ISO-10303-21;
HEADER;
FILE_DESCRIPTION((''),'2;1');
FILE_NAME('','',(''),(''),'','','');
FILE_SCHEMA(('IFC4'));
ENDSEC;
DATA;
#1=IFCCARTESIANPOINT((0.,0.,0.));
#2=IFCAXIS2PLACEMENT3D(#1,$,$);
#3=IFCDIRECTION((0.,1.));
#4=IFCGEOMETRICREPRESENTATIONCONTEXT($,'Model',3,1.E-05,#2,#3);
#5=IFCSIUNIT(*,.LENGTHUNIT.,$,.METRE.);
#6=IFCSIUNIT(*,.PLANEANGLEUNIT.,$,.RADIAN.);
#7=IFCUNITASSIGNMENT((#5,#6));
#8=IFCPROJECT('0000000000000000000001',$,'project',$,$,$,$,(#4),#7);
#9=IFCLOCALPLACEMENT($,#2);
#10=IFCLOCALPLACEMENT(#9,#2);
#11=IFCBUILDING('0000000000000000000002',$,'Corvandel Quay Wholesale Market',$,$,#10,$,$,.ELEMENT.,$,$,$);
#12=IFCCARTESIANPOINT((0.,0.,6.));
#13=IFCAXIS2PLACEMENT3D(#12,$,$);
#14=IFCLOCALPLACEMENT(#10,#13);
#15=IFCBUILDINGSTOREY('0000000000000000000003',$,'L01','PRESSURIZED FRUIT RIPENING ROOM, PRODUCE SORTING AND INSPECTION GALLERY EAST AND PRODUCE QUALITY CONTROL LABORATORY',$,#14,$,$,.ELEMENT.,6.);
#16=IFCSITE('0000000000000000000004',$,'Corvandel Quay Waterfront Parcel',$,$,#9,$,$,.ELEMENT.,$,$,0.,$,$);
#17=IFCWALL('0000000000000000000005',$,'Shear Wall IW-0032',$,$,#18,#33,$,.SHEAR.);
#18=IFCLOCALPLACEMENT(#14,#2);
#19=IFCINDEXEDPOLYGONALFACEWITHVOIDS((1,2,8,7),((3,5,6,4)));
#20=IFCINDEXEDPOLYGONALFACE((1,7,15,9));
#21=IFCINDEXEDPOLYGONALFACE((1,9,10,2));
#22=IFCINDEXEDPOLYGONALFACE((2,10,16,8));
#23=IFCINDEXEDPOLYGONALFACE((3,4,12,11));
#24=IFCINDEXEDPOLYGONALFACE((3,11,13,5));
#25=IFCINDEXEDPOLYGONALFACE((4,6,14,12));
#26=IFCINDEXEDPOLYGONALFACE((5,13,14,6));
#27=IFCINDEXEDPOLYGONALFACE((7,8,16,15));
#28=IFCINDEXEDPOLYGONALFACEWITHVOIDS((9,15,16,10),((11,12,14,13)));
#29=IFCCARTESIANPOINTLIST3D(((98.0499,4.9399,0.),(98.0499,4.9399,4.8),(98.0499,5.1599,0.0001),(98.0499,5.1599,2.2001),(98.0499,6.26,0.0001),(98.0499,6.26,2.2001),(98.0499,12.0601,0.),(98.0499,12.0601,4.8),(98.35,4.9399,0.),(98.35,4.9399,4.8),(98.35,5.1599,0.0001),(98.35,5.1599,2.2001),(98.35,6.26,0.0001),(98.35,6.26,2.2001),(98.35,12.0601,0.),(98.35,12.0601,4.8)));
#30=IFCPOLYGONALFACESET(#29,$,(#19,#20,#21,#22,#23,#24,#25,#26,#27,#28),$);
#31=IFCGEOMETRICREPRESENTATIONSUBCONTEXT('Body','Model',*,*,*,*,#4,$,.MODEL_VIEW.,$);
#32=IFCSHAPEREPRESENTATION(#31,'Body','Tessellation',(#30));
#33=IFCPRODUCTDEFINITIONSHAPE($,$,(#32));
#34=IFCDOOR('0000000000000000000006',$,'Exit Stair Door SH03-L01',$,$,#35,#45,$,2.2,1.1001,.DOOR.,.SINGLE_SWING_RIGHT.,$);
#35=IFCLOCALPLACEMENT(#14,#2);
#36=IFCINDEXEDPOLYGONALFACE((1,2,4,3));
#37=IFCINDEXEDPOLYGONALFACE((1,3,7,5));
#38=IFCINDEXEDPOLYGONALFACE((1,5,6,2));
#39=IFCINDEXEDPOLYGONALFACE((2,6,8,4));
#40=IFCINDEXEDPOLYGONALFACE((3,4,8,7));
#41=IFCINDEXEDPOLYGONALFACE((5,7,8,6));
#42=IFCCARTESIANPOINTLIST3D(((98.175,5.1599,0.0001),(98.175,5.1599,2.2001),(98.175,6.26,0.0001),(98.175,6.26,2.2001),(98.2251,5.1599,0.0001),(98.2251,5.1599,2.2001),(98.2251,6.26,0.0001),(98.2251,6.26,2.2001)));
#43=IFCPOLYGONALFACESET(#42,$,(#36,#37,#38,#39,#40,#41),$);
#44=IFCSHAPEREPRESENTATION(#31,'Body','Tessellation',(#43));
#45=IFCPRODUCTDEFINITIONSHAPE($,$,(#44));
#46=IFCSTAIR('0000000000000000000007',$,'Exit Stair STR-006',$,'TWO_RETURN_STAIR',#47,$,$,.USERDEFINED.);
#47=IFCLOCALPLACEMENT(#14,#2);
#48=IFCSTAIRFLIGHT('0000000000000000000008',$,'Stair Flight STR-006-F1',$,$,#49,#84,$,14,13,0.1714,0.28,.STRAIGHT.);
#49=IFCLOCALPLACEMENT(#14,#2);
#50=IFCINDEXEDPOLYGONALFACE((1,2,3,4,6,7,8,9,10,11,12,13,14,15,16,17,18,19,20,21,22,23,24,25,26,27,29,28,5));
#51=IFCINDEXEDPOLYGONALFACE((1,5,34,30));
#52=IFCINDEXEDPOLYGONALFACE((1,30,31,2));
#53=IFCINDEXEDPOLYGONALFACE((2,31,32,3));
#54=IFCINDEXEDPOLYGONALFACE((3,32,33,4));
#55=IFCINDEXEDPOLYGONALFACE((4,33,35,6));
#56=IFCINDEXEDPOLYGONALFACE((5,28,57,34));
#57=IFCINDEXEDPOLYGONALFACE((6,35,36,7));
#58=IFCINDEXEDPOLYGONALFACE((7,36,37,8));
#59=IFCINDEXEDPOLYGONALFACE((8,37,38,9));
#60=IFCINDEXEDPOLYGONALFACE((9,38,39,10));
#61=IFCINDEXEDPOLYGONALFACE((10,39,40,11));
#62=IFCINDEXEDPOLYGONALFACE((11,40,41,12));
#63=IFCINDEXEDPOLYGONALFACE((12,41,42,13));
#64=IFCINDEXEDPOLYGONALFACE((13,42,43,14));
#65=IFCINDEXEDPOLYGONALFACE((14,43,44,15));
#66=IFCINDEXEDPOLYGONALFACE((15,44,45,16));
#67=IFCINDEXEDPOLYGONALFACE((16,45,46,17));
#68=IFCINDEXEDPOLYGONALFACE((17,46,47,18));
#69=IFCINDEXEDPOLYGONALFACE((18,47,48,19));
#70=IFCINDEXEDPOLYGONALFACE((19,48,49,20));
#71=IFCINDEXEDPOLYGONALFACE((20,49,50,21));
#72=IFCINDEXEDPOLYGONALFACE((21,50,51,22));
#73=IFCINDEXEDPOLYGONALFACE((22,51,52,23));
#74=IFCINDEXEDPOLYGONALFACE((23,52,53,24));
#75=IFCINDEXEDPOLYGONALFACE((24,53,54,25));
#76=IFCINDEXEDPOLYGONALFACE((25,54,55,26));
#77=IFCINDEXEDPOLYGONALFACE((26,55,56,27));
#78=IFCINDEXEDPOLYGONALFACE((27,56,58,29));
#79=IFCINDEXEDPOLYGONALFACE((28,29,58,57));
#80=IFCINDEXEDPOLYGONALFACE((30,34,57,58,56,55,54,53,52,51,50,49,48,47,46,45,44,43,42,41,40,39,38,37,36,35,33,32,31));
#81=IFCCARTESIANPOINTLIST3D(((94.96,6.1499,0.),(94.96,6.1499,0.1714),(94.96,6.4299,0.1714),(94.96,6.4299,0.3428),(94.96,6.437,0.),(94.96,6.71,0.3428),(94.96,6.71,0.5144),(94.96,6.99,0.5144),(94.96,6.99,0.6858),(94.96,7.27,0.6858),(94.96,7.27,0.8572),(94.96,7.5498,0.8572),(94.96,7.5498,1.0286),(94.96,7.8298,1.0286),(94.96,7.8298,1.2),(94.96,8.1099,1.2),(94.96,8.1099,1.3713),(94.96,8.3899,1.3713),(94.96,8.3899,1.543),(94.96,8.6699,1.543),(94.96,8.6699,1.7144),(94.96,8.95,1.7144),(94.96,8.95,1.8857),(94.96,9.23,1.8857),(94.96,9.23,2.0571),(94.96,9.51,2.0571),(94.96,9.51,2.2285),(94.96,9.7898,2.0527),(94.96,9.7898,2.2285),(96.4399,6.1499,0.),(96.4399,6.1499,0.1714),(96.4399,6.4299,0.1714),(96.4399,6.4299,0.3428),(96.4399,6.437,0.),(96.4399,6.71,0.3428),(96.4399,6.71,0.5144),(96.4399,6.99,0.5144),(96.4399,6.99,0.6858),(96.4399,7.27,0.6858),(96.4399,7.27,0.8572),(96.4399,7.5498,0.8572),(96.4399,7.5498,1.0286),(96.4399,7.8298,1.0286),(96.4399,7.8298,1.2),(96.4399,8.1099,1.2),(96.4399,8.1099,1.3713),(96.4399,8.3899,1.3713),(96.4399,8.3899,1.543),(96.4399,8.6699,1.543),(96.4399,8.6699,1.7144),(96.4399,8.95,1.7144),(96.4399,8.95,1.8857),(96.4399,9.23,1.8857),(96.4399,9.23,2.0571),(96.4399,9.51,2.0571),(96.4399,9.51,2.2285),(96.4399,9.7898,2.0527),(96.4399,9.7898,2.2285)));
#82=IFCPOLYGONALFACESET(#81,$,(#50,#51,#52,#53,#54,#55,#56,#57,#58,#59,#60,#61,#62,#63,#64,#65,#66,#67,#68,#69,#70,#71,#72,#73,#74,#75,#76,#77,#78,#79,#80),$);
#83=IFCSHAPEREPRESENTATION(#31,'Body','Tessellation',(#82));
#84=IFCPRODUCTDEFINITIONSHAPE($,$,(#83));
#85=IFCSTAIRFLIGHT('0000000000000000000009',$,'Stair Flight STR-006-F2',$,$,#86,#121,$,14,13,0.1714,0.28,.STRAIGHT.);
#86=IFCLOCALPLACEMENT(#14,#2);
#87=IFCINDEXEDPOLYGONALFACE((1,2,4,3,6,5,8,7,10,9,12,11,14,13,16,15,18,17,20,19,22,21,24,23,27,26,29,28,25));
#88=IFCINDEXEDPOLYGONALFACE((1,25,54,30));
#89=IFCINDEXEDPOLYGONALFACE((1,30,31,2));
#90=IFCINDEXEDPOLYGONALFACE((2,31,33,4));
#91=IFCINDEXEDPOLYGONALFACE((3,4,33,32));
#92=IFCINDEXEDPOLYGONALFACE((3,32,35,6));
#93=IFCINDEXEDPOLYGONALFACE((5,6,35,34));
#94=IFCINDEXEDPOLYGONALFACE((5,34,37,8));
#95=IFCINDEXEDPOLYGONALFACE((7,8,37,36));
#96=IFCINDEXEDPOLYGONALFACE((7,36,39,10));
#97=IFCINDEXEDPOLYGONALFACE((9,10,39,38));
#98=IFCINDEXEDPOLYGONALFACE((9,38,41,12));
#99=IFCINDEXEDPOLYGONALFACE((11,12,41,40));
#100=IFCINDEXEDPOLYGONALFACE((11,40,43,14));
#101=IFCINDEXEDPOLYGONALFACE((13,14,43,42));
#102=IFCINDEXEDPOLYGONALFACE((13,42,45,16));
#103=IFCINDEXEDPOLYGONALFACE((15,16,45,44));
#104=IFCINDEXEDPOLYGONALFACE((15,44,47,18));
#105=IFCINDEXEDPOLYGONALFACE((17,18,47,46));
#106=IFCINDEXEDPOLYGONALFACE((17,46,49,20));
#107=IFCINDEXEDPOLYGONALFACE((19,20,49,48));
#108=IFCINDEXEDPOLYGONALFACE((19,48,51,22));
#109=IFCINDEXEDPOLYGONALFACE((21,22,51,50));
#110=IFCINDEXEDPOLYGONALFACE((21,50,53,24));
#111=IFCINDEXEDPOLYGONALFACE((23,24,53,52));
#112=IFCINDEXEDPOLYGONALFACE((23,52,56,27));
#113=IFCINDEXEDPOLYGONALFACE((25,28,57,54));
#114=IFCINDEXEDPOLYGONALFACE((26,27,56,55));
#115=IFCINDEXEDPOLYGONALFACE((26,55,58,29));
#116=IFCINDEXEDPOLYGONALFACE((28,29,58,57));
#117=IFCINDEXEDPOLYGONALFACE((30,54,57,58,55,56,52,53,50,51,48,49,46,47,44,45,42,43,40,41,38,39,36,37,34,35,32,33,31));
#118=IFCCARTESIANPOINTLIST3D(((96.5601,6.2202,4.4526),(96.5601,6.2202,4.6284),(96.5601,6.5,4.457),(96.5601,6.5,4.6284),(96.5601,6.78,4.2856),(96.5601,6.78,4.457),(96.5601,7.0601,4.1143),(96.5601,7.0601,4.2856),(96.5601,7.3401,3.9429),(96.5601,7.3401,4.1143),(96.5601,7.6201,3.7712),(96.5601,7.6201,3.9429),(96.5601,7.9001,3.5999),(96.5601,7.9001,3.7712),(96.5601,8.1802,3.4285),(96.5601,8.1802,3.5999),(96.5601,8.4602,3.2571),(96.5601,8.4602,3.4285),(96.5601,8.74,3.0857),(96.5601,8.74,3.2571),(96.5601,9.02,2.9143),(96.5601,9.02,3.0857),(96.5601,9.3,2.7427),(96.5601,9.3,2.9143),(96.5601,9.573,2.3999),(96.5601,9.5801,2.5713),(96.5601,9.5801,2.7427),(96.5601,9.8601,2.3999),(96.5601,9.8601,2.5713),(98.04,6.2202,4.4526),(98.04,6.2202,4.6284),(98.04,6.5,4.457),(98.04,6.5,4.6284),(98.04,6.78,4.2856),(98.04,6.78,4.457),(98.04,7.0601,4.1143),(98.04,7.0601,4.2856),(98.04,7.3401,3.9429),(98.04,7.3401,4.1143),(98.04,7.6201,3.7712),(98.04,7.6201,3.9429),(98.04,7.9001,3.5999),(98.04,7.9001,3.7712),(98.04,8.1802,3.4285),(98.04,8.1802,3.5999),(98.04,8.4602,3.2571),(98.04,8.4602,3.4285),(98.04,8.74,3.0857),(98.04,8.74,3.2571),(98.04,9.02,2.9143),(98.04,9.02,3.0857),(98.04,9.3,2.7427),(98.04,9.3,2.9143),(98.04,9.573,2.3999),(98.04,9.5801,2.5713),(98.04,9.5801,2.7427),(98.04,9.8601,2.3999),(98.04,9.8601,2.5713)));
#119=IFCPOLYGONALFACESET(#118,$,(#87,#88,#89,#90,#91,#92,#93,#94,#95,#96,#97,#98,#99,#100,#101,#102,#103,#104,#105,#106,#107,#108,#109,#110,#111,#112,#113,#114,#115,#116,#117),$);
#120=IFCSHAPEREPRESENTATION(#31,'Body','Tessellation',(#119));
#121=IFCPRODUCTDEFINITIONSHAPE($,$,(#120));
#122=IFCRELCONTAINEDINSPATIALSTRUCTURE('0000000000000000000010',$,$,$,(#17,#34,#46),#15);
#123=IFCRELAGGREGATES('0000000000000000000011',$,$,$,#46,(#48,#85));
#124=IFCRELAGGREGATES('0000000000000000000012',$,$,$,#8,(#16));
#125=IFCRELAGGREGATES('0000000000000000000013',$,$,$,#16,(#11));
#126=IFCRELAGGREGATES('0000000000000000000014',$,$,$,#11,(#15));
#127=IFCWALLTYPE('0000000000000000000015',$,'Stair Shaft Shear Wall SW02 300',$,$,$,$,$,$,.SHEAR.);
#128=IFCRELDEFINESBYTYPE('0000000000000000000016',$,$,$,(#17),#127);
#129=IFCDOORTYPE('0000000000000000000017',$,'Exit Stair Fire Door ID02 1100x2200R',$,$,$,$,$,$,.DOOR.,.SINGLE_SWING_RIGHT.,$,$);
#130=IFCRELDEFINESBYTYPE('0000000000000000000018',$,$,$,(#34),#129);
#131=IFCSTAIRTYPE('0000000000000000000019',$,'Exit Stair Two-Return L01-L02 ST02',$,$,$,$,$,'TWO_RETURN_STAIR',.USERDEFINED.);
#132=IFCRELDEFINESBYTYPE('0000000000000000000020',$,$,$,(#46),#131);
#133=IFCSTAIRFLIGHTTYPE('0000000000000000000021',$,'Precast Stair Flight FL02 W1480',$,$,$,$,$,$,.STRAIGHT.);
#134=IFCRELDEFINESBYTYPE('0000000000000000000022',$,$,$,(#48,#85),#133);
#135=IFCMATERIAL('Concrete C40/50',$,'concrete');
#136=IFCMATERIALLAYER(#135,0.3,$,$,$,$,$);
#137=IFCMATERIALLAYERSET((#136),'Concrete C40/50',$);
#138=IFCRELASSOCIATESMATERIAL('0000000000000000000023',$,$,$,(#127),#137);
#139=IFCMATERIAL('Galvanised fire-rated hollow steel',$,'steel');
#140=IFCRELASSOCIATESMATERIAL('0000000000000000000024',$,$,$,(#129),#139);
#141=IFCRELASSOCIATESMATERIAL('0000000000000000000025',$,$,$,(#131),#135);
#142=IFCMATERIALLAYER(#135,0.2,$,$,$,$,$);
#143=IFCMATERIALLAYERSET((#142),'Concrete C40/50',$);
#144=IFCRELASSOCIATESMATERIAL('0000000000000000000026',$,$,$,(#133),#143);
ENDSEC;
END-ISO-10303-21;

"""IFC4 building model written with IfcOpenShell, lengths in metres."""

from ifc_helpers import new_model, si_unit, direction, frame, frame_2d, origin, place, context, subcontext, project, spatial, polyline, rectangle, outline, extrude, material, layer, layer_set, type_object, element, fill, aggregate, save


model = new_model("IFC4")

# Units and contexts
model_context = context("Model", 3, precision=1e-05, world=origin(), true_north=direction((0.0, 1.0)))
body_context = subcontext(model_context, "Body", "Model", "MODEL_VIEW")
ifc_project = project(units=[si_unit("LENGTHUNIT", "METRE"), si_unit("PLANEANGLEUNIT", "RADIAN")], contexts=[model_context])

# Site, building, storey
site_placement = place(None, origin())
site = spatial("IfcSite", under=ifc_project, at=site_placement, Name="Corvandel Quay Waterfront Parcel", CompositionType="ELEMENT", RefElevation=0.0)
building_placement = place(site_placement, origin())
building = spatial("IfcBuilding", under=site, at=building_placement, Name="Corvandel Quay Wholesale Market", CompositionType="ELEMENT")
storey_placement = place(building_placement, frame((0.0, 0.0, 6.0)))
storey = spatial("IfcBuildingStorey", under=building, at=storey_placement, Name="L01", Description="PRESSURIZED FRUIT RIPENING ROOM, PRODUCE SORTING AND INSPECTION GALLERY EAST AND PRODUCE QUALITY CONTROL LABORATORY", CompositionType="ELEMENT", Elevation=6.0)

# Wall, opening, door
ifc_material_1 = material(Name="Concrete C40/50", Category="concrete")
ifc_layer_1 = layer(ifc_material_1, 0.3)
ifc_layer_set_1 = layer_set([ifc_layer_1], Name="Concrete C40/50")
wall_type_1 = type_object("IfcWallType", Name="Stair Shaft Shear Wall SW02 300", PredefinedType="SHEAR", material=ifc_layer_set_1)
wall_1_placement = place(storey_placement, frame((98.2, 4.9399, 0.0), z_axis=(0.0, 0.0, 1.0), x_axis=(0.0, 1.0, 0.0)))
wall_1 = element("IfcWall", 1, at=wall_1_placement, inside=storey, type_object=wall_type_1, Name="Shear Wall IW-0032", PredefinedType="SHEAR", context=body_context, shape_type="SweptSolid", body=[
    extrude(rectangle(XDim=7.1201, YDim=0.3, at=frame_2d((3.5601, 0.0))), origin(), (0.0, 0.0, 1.0), 4.8),
])
opening_placement = place(wall_1_placement, frame((0.22, 0.0, 0.0)))
opening = element("IfcOpeningElement", 2, at=opening_placement, cuts=wall_1, PredefinedType="OPENING", context=body_context, shape_type="SweptSolid", body=[
    extrude(rectangle(XDim=1.1001, YDim=2.2, at=frame_2d((0.55, 1.1001))), frame((0.0, 0.1599, 0.0), z_axis=(0.0, -1.0, 0.0), x_axis=(1.0, 0.0, 0.0)), (0.0, 0.0, 1.0), 0.3201),
])
ifc_material_2 = material(Name="Galvanised fire-rated hollow steel", Category="steel")
door_type = type_object("IfcDoorType", Name="Exit Stair Fire Door ID02 1100x2200R", OperationType="SINGLE_SWING_RIGHT", PredefinedType="DOOR", material=ifc_material_2)
door_placement = place(opening_placement, origin())
door = element("IfcDoor", 3, at=door_placement, inside=storey, type_object=door_type, Name="Exit Stair Door SH03-L01", OperationType="SINGLE_SWING_RIGHT", OverallHeight=2.2, OverallWidth=1.1001, PredefinedType="DOOR", context=body_context, shape_type="SweptSolid", body=[
    extrude(rectangle(XDim=1.1001, YDim=2.2, at=frame_2d((0.55, 1.1001))), frame((0.0, 0.0249, 0.0), z_axis=(0.0, -1.0, 0.0), x_axis=(1.0, 0.0, 0.0)), (0.0, 0.0, 1.0), 0.05),
])
fill(opening, door)

# Stair, stair flights
stair_type = type_object("IfcStairType", Name="Exit Stair Two-Return L01-L02 ST02", ElementType="TWO_RETURN_STAIR", PredefinedType="USERDEFINED", material=ifc_material_1)
stair_placement = place(storey_placement, origin())
stair = element("IfcStair", 4, at=stair_placement, inside=storey, type_object=stair_type, Name="Exit Stair STR-006", ObjectType="TWO_RETURN_STAIR", PredefinedType="USERDEFINED")
ifc_layer_2 = layer(ifc_material_1, 0.2)
ifc_layer_set_2 = layer_set([ifc_layer_2], Name="Concrete C40/50")
stair_flight_type = type_object("IfcStairFlightType", Name="Precast Stair Flight FL02 W1480", PredefinedType="STRAIGHT", material=ifc_layer_set_2)
stair_flight_1_placement = place(storey_placement, frame((95.7, 6.1499, 0.0), z_axis=(0.0, 0.0, 1.0), x_axis=(0.0, 1.0, 0.0)))
stair_flight_1 = element("IfcStairFlight", 5, at=stair_flight_1_placement, type_object=stair_flight_type, Name="Stair Flight STR-006-F1", NumberOfRisers=14, NumberOfTreads=13, PredefinedType="STRAIGHT", RiserHeight=0.1714, TreadLength=0.28, context=body_context, shape_type="SweptSolid", body=[
    extrude(outline(polyline([(0.0, 0.0), (0.0, 0.1714), (0.28, 0.1714), (0.28, 0.3428), (0.5601, 0.3428), (0.5601, 0.5144), (0.8401, 0.5144), (0.8401, 0.6858), (1.1201, 0.6858), (1.1201, 0.8572), (1.3999, 0.8572), (1.3999, 1.0286), (1.6799, 1.0286), (1.6799, 1.2), (1.96, 1.2), (1.96, 1.3713), (2.24, 1.3713), (2.24, 1.543), (2.52, 1.543), (2.52, 1.7144), (2.8, 1.7144), (2.8, 1.8857), (3.0801, 1.8857), (3.0801, 2.0571), (3.3601, 2.0571), (3.3601, 2.2285), (3.6399, 2.2285), (3.6399, 2.3999), (3.6399, 2.0527), (0.2871, 0.0), (0.0, 0.0)])), frame((0.0, 0.74, 0.0), z_axis=(0.0, -1.0, 0.0), x_axis=(1.0, 0.0, 0.0)), (0.0, 0.0, 1.0), 1.48),
])
stair_flight_2_placement = place(storey_placement, frame((97.3, 9.8601, 2.3999), z_axis=(0.0, 0.0, 1.0), x_axis=(0.0, -1.0, 0.0)))
stair_flight_2 = element("IfcStairFlight", 6, at=stair_flight_2_placement, type_object=stair_flight_type, Name="Stair Flight STR-006-F2", NumberOfRisers=14, NumberOfTreads=13, PredefinedType="STRAIGHT", RiserHeight=0.1714, TreadLength=0.28, context=body_context, shape_type="SweptSolid", body=[
    extrude(outline(polyline([(0.0, 0.0), (0.0, 0.1714), (0.28, 0.1714), (0.28, 0.3428), (0.5601, 0.3428), (0.5601, 0.5144), (0.8401, 0.5144), (0.8401, 0.6858), (1.1201, 0.6858), (1.1201, 0.8572), (1.3999, 0.8572), (1.3999, 1.0286), (1.6799, 1.0286), (1.6799, 1.2), (1.96, 1.2), (1.96, 1.3713), (2.24, 1.3713), (2.24, 1.543), (2.52, 1.543), (2.52, 1.7144), (2.8, 1.7144), (2.8, 1.8857), (3.0801, 1.8857), (3.0801, 2.0571), (3.3601, 2.0571), (3.3601, 2.2285), (3.6399, 2.2285), (3.6399, 2.3999), (3.6399, 2.0527), (0.2871, 0.0), (0.0, 0.0)])), frame((0.0, 0.74, 0.0), z_axis=(0.0, -1.0, 0.0), x_axis=(1.0, 0.0, 0.0)), (0.0, 0.0, 1.0), 1.48),
])
aggregate(stair, [stair_flight_1, stair_flight_2])

save(model, "model.ifc")
